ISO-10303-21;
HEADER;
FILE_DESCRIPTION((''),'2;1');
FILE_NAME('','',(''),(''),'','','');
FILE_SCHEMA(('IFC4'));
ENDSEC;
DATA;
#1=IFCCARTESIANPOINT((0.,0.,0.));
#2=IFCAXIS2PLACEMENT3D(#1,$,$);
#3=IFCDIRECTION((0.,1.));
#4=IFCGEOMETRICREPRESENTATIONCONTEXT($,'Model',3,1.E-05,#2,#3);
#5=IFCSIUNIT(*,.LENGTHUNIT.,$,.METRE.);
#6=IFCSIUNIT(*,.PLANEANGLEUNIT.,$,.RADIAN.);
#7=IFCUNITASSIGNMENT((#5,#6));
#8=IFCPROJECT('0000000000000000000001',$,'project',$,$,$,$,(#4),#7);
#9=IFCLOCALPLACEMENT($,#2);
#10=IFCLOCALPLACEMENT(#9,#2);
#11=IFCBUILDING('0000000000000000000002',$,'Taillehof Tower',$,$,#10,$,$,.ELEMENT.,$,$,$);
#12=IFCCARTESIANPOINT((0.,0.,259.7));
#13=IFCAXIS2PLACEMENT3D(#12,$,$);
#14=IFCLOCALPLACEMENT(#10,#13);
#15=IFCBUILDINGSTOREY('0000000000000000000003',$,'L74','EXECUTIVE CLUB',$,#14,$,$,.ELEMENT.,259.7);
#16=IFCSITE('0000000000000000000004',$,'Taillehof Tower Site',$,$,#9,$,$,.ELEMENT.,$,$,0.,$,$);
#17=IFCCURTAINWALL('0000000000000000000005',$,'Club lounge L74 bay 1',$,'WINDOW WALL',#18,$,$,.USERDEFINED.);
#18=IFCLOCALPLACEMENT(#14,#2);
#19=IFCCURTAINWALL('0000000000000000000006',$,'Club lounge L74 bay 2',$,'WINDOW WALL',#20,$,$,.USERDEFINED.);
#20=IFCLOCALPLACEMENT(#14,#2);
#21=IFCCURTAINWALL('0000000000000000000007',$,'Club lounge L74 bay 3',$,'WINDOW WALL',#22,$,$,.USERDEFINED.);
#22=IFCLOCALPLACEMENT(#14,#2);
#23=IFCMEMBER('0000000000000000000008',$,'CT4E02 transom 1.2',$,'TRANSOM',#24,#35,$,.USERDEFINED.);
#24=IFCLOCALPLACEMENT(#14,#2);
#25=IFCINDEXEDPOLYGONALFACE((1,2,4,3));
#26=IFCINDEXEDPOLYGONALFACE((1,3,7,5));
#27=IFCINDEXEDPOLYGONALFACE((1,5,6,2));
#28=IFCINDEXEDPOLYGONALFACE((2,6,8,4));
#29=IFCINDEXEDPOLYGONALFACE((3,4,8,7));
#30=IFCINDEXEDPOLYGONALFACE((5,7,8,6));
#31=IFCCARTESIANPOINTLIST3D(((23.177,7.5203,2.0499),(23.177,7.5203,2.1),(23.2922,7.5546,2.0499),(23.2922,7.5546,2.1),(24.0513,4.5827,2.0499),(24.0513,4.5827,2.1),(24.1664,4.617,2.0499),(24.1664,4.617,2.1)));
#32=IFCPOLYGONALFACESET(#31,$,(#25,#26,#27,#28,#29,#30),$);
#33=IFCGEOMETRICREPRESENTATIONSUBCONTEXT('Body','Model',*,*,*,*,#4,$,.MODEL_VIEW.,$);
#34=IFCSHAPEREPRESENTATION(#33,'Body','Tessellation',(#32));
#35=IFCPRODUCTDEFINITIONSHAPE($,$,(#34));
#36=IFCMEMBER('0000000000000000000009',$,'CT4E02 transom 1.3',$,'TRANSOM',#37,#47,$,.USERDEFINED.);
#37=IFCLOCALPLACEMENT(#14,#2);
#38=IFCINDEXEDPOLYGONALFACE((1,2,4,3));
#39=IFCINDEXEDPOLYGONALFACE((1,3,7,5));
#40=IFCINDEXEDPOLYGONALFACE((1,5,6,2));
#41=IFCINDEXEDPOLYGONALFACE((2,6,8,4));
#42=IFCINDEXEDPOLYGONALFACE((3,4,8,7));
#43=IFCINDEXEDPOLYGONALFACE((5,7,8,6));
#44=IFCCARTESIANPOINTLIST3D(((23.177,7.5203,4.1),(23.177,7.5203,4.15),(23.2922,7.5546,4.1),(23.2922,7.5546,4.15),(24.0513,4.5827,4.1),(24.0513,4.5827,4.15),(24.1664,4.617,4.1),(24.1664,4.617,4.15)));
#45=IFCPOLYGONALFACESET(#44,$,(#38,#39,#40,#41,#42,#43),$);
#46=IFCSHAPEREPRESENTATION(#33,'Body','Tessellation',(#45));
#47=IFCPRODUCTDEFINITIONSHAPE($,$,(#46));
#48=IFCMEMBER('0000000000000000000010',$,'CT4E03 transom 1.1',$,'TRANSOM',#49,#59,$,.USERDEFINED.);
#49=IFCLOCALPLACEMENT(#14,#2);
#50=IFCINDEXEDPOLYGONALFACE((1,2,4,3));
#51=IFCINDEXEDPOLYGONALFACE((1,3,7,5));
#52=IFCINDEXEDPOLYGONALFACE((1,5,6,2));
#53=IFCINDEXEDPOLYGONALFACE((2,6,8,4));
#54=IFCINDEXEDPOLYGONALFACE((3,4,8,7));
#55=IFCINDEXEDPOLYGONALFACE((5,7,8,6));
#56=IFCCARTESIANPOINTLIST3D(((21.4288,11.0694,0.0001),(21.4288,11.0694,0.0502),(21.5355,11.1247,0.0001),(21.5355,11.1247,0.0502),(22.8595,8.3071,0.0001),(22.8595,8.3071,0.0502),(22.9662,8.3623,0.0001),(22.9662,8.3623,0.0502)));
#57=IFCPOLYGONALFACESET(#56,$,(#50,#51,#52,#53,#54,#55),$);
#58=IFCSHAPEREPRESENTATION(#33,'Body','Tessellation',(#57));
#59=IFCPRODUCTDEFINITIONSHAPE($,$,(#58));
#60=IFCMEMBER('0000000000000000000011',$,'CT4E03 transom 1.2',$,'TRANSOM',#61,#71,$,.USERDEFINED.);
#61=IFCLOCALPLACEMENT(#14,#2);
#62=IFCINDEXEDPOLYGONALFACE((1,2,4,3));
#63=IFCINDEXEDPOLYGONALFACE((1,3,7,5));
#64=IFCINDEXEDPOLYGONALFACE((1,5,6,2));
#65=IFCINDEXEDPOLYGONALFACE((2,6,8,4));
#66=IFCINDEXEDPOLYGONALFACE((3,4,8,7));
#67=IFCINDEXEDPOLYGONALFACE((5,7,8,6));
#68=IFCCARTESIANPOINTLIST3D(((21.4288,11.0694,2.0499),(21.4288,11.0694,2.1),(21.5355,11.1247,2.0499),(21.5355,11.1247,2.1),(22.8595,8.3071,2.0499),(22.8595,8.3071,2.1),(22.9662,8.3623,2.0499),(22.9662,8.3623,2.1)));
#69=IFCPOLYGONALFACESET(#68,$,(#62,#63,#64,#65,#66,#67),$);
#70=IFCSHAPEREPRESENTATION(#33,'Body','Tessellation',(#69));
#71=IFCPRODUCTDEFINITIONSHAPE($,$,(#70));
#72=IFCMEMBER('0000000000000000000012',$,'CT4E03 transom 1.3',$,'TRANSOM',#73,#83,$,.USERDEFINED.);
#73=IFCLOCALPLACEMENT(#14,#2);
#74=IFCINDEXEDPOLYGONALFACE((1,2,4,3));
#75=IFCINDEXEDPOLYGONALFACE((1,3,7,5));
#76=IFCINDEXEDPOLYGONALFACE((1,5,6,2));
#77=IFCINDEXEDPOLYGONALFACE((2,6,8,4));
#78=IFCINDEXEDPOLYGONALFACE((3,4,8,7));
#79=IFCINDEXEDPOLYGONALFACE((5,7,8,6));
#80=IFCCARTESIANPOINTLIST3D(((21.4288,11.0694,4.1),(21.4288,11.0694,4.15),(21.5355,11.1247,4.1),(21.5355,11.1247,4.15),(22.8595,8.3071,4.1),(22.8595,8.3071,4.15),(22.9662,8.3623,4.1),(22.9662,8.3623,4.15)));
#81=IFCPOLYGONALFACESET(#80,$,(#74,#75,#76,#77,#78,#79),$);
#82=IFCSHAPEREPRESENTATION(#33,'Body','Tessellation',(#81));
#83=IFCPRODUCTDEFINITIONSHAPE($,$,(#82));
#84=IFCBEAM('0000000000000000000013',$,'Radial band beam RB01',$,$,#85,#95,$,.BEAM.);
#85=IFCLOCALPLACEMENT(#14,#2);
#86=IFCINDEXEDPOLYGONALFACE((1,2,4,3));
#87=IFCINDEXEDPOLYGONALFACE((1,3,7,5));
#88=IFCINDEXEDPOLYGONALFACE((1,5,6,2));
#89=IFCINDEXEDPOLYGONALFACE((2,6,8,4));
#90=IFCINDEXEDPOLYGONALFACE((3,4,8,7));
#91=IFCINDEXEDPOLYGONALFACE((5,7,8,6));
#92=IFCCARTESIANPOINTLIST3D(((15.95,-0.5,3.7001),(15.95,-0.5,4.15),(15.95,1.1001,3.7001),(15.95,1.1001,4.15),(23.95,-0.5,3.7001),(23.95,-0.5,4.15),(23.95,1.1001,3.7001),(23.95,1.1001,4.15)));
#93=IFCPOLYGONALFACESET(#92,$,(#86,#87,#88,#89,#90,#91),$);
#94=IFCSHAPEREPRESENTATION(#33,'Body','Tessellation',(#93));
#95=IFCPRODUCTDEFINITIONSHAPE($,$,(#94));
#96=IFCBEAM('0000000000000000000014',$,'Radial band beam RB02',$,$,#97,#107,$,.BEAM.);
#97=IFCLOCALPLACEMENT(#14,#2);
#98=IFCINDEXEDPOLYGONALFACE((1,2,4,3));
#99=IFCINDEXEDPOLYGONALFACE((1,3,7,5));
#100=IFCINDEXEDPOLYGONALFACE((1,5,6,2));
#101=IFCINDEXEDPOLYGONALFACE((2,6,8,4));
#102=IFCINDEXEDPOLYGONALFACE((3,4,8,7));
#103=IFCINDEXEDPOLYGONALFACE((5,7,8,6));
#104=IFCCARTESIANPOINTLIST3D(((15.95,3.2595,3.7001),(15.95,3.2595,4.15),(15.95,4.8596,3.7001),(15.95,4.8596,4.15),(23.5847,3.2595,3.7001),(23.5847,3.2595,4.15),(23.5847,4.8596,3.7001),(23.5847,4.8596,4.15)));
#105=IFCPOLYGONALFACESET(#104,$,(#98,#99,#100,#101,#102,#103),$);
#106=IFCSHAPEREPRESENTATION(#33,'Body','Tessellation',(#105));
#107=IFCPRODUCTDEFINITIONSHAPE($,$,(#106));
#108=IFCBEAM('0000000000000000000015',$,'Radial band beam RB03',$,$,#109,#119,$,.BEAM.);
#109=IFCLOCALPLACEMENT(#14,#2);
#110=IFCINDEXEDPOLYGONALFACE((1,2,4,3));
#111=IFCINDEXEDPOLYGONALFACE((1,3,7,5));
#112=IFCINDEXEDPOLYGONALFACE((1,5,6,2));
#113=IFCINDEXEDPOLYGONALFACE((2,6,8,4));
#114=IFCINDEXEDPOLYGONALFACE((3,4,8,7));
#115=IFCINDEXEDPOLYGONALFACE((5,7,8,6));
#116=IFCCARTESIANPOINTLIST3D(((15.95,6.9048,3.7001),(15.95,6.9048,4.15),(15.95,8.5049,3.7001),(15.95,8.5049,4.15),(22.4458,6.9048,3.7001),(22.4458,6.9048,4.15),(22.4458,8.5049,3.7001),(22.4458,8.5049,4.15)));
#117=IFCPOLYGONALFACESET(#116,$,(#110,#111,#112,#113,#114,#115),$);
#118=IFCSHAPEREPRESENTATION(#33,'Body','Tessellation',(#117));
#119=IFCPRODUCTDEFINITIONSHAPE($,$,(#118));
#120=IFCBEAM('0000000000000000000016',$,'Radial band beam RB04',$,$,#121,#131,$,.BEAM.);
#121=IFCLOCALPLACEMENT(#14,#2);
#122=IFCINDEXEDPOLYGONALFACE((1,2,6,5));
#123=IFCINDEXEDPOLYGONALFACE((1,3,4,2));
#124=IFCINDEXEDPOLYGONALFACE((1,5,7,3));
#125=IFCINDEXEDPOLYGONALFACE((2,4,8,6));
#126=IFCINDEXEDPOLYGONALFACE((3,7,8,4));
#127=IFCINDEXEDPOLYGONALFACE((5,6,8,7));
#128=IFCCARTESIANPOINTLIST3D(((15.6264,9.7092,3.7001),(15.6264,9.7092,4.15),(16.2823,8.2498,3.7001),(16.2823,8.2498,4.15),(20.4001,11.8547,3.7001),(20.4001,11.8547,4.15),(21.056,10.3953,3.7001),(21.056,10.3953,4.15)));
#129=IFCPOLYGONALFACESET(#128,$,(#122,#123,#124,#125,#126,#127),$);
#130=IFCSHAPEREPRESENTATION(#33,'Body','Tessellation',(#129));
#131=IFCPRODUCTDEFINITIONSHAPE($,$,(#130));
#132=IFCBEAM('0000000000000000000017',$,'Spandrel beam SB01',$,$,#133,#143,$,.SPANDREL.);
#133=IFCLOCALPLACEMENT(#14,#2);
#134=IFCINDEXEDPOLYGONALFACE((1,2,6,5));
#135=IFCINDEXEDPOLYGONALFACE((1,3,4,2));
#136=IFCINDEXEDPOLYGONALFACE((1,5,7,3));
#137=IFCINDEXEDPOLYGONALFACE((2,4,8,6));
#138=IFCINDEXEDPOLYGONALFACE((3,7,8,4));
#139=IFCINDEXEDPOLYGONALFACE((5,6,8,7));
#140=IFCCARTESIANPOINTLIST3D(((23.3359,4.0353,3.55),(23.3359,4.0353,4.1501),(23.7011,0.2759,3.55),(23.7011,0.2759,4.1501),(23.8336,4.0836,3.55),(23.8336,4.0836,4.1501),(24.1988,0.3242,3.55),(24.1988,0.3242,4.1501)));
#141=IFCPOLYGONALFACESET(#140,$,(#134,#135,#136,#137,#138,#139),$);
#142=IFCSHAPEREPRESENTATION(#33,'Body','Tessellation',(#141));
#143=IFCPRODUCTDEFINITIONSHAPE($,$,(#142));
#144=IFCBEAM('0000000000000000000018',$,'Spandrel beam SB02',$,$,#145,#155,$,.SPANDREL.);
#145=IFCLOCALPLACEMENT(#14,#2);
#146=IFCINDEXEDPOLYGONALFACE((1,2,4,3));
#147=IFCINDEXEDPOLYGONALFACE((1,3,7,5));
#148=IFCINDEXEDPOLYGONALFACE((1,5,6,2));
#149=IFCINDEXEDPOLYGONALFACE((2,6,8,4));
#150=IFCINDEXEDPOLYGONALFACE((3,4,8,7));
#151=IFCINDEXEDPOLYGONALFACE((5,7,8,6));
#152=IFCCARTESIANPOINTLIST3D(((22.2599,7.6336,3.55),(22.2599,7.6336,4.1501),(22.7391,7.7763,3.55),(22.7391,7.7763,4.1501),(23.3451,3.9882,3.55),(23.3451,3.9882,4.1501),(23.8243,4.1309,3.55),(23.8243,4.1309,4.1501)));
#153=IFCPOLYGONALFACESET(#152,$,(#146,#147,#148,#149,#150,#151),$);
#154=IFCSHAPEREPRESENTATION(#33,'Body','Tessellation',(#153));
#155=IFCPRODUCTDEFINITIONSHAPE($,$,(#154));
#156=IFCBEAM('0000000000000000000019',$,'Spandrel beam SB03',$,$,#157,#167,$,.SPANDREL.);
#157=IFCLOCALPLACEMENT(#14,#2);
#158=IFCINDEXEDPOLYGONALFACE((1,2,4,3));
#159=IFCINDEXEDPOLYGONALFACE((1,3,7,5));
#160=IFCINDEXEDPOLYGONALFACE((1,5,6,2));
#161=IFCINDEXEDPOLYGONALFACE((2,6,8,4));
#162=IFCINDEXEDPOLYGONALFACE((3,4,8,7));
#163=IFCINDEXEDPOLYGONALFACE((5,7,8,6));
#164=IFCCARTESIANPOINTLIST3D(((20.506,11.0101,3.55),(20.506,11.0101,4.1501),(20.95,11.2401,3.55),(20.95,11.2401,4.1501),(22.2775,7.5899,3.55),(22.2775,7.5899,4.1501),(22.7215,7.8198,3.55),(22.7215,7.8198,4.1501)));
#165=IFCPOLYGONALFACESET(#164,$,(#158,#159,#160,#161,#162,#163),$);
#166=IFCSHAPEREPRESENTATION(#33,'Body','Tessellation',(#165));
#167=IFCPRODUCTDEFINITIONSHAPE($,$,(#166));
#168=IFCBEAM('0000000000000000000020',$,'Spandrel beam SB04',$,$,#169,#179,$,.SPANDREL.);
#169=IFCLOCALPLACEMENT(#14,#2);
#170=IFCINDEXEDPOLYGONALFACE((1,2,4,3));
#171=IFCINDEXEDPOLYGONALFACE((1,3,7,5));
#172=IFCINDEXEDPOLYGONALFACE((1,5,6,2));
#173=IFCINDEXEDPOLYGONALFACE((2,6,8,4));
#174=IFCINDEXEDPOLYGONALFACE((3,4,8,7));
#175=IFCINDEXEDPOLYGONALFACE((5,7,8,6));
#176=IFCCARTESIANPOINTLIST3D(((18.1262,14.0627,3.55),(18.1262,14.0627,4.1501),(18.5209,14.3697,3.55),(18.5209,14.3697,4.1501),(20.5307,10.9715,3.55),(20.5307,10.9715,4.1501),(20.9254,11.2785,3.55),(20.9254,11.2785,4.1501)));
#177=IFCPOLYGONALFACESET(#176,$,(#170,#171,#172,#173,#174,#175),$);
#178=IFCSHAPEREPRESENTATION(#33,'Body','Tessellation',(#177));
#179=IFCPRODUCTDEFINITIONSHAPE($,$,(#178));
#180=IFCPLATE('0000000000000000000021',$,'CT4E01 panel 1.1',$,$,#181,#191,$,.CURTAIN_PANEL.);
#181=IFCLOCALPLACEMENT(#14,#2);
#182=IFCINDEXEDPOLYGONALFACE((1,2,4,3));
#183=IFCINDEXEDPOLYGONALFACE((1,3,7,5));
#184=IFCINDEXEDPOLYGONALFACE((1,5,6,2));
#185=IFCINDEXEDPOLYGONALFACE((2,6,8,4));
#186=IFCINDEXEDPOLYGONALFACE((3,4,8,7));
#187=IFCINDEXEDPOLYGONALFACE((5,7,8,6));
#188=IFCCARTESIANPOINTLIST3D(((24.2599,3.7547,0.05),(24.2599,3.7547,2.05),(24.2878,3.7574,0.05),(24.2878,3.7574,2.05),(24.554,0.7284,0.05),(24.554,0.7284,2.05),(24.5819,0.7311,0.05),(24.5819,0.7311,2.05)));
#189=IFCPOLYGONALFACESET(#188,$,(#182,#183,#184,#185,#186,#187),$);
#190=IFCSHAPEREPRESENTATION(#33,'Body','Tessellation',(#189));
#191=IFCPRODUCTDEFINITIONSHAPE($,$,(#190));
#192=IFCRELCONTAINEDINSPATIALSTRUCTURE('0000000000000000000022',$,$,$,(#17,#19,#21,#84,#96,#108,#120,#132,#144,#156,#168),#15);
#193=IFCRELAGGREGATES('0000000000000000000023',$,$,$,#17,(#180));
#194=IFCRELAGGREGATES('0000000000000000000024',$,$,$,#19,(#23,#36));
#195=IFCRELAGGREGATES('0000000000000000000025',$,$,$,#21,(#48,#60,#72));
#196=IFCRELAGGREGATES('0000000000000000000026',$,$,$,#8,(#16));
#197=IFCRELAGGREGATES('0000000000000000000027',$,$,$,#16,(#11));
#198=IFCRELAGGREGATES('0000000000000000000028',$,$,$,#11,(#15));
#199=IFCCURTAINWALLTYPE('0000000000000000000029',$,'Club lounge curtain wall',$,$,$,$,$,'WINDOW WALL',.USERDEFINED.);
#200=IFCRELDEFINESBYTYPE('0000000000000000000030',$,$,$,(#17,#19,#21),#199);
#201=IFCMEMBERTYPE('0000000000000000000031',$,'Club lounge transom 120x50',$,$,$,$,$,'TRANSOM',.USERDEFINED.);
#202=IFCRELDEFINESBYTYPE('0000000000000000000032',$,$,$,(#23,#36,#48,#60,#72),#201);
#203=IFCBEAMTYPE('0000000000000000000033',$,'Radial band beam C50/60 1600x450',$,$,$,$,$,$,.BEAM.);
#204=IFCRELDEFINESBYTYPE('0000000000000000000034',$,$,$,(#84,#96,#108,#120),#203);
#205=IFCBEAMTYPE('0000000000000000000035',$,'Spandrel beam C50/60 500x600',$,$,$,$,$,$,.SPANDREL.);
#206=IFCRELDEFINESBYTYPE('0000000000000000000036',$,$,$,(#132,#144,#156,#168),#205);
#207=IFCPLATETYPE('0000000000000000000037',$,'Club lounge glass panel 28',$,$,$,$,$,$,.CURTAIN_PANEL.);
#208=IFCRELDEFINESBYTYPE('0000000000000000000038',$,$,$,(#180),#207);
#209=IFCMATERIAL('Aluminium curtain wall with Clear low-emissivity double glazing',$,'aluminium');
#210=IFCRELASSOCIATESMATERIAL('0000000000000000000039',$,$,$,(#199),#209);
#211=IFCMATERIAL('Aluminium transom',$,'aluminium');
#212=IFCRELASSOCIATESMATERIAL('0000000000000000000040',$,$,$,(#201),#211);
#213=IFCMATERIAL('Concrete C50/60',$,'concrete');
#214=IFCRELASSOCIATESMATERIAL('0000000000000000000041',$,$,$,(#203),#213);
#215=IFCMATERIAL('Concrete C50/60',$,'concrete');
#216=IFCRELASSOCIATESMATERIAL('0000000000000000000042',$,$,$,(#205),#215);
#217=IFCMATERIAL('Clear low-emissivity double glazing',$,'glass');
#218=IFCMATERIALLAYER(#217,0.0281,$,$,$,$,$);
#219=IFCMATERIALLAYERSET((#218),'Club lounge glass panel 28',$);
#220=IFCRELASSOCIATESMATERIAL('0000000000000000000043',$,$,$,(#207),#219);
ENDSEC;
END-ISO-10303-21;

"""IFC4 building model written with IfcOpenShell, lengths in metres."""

from ifc_helpers import new_model, si_unit, direction, frame, origin, origin_2d, place, context, subcontext, project, spatial, rectangle, extrude, material, layer, layer_set, material_profile, profile_set, type_object, element, aggregate, save


model = new_model("IFC4")

# Units and contexts
model_context = context("Model", 3, precision=1e-05, world=origin(), true_north=direction((0.0, 1.0)))
body_context = subcontext(model_context, "Body", "Model", "MODEL_VIEW")
ifc_project = project(units=[si_unit("LENGTHUNIT", "METRE"), si_unit("PLANEANGLEUNIT", "RADIAN")], contexts=[model_context])

# Site, building, storey
site_placement = place(None, origin())
site = spatial("IfcSite", under=ifc_project, at=site_placement, Name="Taillehof Tower Site", CompositionType="ELEMENT", RefElevation=0.0)
building_placement = place(site_placement, origin())
building = spatial("IfcBuilding", under=site, at=building_placement, Name="Taillehof Tower", CompositionType="ELEMENT")
storey_placement = place(building_placement, frame((0.0, 0.0, 259.7)))
storey = spatial("IfcBuildingStorey", under=building, at=storey_placement, Name="L74", Description="EXECUTIVE CLUB", CompositionType="ELEMENT", Elevation=259.7)

# Curtain walls
ifc_material_1 = material(Name="Aluminium curtain wall with Clear low-emissivity double glazing", Category="aluminium")
curtain_wall_type = type_object("IfcCurtainWallType", Name="Club lounge curtain wall", ElementType="WINDOW WALL", PredefinedType="USERDEFINED", material=ifc_material_1)
curtain_wall_1_placement = place(storey_placement, origin())
curtain_wall_1 = element("IfcCurtainWall", 1, at=curtain_wall_1_placement, inside=storey, type_object=curtain_wall_type, Name="Club lounge L74 bay 1", ObjectType="WINDOW WALL", PredefinedType="USERDEFINED")
curtain_wall_2_placement = place(storey_placement, origin())
curtain_wall_2 = element("IfcCurtainWall", 2, at=curtain_wall_2_placement, inside=storey, type_object=curtain_wall_type, Name="Club lounge L74 bay 2", ObjectType="WINDOW WALL", PredefinedType="USERDEFINED")
curtain_wall_3_placement = place(storey_placement, origin())
curtain_wall_3 = element("IfcCurtainWall", 3, at=curtain_wall_3_placement, inside=storey, type_object=curtain_wall_type, Name="Club lounge L74 bay 3", ObjectType="WINDOW WALL", PredefinedType="USERDEFINED")

# Members
ifc_material_2 = material(Name="Aluminium transom", Category="aluminium")
ifc_material_profile_1 = material_profile(ifc_material_2, rectangle(XDim=0.1201, YDim=0.05, at=origin_2d()), Name="AL 120x50")
ifc_profile_set_1 = profile_set([ifc_material_profile_1], Name="Aluminium transom")
member_type_1 = type_object("IfcMemberType", Name="Club lounge transom 120x50", ElementType="TRANSOM", PredefinedType="USERDEFINED", material=ifc_profile_set_1)
member_1_placement = place(storey_placement, frame((24.1089, 4.5999, 2.075), z_axis=(-0.285257, 0.958451, 0.0), x_axis=(-0.958451, -0.285257, 0.0)))
member_1 = element("IfcMember", 4, at=member_1_placement, type_object=member_type_1, Name="CT4E02 transom 1.2", ObjectType="TRANSOM", PredefinedType="USERDEFINED", context=body_context, shape_type="SweptSolid", body=[
    extrude(rectangle(XDim=0.1201, YDim=0.05, at=origin_2d()), origin(), (0.0, 0.0, 1.0), 3.0649),
])
member_2_placement = place(storey_placement, frame((24.1089, 4.5999, 4.125), z_axis=(-0.285257, 0.958451, 0.0), x_axis=(-0.958451, -0.285257, 0.0)))
member_2 = element("IfcMember", 5, at=member_2_placement, type_object=member_type_1, Name="CT4E02 transom 1.3", ObjectType="TRANSOM", PredefinedType="USERDEFINED", context=body_context, shape_type="SweptSolid", body=[
    extrude(rectangle(XDim=0.1201, YDim=0.05, at=origin_2d()), origin(), (0.0, 0.0, 1.0), 3.0649),
])
member_3_placement = place(storey_placement, frame((22.9128, 8.3347, 0.0251), z_axis=(-0.459914, 0.887964, 0.0), x_axis=(-0.887964, -0.459914, 0.0)))
member_3 = element("IfcMember", 6, at=member_3_placement, type_object=member_type_1, Name="CT4E03 transom 1.1", ObjectType="TRANSOM", PredefinedType="USERDEFINED", context=body_context, shape_type="SweptSolid", body=[
    extrude(rectangle(XDim=0.1201, YDim=0.05, at=origin_2d()), origin(), (0.0, 0.0, 1.0), 3.1108),
])
member_4_placement = place(storey_placement, frame((22.9128, 8.3347, 2.075), z_axis=(-0.459914, 0.887964, 0.0), x_axis=(-0.887964, -0.459914, 0.0)))
member_4 = element("IfcMember", 7, at=member_4_placement, type_object=member_type_1, Name="CT4E03 transom 1.2", ObjectType="TRANSOM", PredefinedType="USERDEFINED", context=body_context, shape_type="SweptSolid", body=[
    extrude(rectangle(XDim=0.1201, YDim=0.05, at=origin_2d()), origin(), (0.0, 0.0, 1.0), 3.1108),
])
member_5_placement = place(storey_placement, frame((22.9128, 8.3347, 4.125), z_axis=(-0.459914, 0.887964, 0.0), x_axis=(-0.887964, -0.459914, 0.0)))
member_5 = element("IfcMember", 8, at=member_5_placement, type_object=member_type_1, Name="CT4E03 transom 1.3", ObjectType="TRANSOM", PredefinedType="USERDEFINED", context=body_context, shape_type="SweptSolid", body=[
    extrude(rectangle(XDim=0.1201, YDim=0.05, at=origin_2d()), origin(), (0.0, 0.0, 1.0), 3.1108),
])

# Beams
ifc_material_3 = material(Name="Concrete C50/60", Category="concrete")
ifc_material_profile_2 = material_profile(ifc_material_3, rectangle(XDim=1.6001, YDim=0.45, at=origin_2d()), Name="RC 1600x450")
ifc_profile_set_2 = profile_set([ifc_material_profile_2], Name="Concrete C50/60")
beam_type_1 = type_object("IfcBeamType", Name="Radial band beam C50/60 1600x450", PredefinedType="BEAM", material=ifc_profile_set_2)
beam_1_placement = place(storey_placement, frame((23.95, 0.3, 3.925), z_axis=(-1.0, 0.0, 0.0), x_axis=(0.0, -1.0, 0.0)))
element("IfcBeam", 9, at=beam_1_placement, inside=storey, type_object=beam_type_1, Name="Radial band beam RB01", PredefinedType="BEAM", context=body_context, shape_type="SweptSolid", body=[
    extrude(rectangle(XDim=1.6001, YDim=0.45, at=origin_2d()), origin(), (0.0, 0.0, 1.0), 8.0),
])
beam_2_placement = place(storey_placement, frame((23.5847, 4.0596, 3.925), z_axis=(-1.0, 0.0, 0.0), x_axis=(0.0, -1.0, 0.0)))
element("IfcBeam", 10, at=beam_2_placement, inside=storey, type_object=beam_type_1, Name="Radial band beam RB02", PredefinedType="BEAM", context=body_context, shape_type="SweptSolid", body=[
    extrude(rectangle(XDim=1.6001, YDim=0.45, at=origin_2d()), origin(), (0.0, 0.0, 1.0), 7.6348),
])
beam_3_placement = place(storey_placement, frame((22.4458, 7.7048, 3.925), z_axis=(-1.0, 0.0, 0.0), x_axis=(0.0, -1.0, 0.0)))
element("IfcBeam", 11, at=beam_3_placement, inside=storey, type_object=beam_type_1, Name="Radial band beam RB03", PredefinedType="BEAM", context=body_context, shape_type="SweptSolid", body=[
    extrude(rectangle(XDim=1.6001, YDim=0.45, at=origin_2d()), origin(), (0.0, 0.0, 1.0), 6.4958),
])
beam_4_placement = place(storey_placement, frame((20.728, 11.125, 3.925), z_axis=(-0.912111, -0.409944, 0.0), x_axis=(0.409944, -0.912111, 0.0)))
element("IfcBeam", 12, at=beam_4_placement, inside=storey, type_object=beam_type_1, Name="Radial band beam RB04", PredefinedType="BEAM", context=body_context, shape_type="SweptSolid", body=[
    extrude(rectangle(XDim=1.6001, YDim=0.45, at=origin_2d()), origin(), (0.0, 0.0, 1.0), 5.2336),
])
ifc_material_4 = material(Name="Concrete C50/60", Category="concrete")
ifc_material_profile_3 = material_profile(ifc_material_4, rectangle(XDim=0.5, YDim=0.6001, at=origin_2d()), Name="RC 500x600")
ifc_profile_set_3 = profile_set([ifc_material_profile_3], Name="Concrete C50/60")
beam_type_2 = type_object("IfcBeamType", Name="Spandrel beam C50/60 500x600", PredefinedType="SPANDREL", material=ifc_profile_set_3)
beam_5_placement = place(storey_placement, frame((23.95, 0.3, 3.8501), z_axis=(-0.096694, 0.995314, 0.0), x_axis=(-0.995314, -0.096694, 0.0)))
element("IfcBeam", 13, at=beam_5_placement, inside=storey, type_object=beam_type_2, Name="Spandrel beam SB01", PredefinedType="SPANDREL", context=body_context, shape_type="SweptSolid", body=[
    extrude(rectangle(XDim=0.5, YDim=0.6001, at=origin_2d()), origin(), (0.0, 0.0, 1.0), 3.7771),
])
beam_6_placement = place(storey_placement, frame((23.5847, 4.0596, 3.8501), z_axis=(-0.285327, 0.95843, 0.0), x_axis=(-0.95843, -0.285327, 0.0)))
element("IfcBeam", 14, at=beam_6_placement, inside=storey, type_object=beam_type_2, Name="Spandrel beam SB02", PredefinedType="SPANDREL", context=body_context, shape_type="SweptSolid", body=[
    extrude(rectangle(XDim=0.5, YDim=0.6001, at=origin_2d()), origin(), (0.0, 0.0, 1.0), 3.8035),
])
beam_7_placement = place(storey_placement, frame((22.4995, 7.7048, 3.8501), z_axis=(-0.459921, 0.88796, 0.0), x_axis=(-0.88796, -0.459921, 0.0)))
element("IfcBeam", 15, at=beam_7_placement, inside=storey, type_object=beam_type_2, Name="Spandrel beam SB03", PredefinedType="SPANDREL", context=body_context, shape_type="SweptSolid", body=[
    extrude(rectangle(XDim=0.5, YDim=0.6001, at=origin_2d()), origin(), (0.0, 0.0, 1.0), 3.8518),
])
beam_8_placement = place(storey_placement, frame((20.728, 11.125, 3.8501), z_axis=(-0.613971, 0.789329, 0.0), x_axis=(-0.789329, -0.613971, 0.0)))
element("IfcBeam", 16, at=beam_8_placement, inside=storey, type_object=beam_type_2, Name="Spandrel beam SB04", PredefinedType="SPANDREL", context=body_context, shape_type="SweptSolid", body=[
    extrude(rectangle(XDim=0.5, YDim=0.6001, at=origin_2d()), origin(), (0.0, 0.0, 1.0), 3.9163),
])

# Plate
ifc_material_5 = material(Name="Clear low-emissivity double glazing", Category="glass")
ifc_layer_1 = layer(ifc_material_5, 0.0281)
ifc_layer_set_1 = layer_set([ifc_layer_1], Name="Club lounge glass panel 28")
plate_type = type_object("IfcPlateType", Name="Club lounge glass panel 28", PredefinedType="CURTAIN_PANEL", material=ifc_layer_set_1)
plate_1_placement = place(storey_placement, frame((24.4209, 2.2429, 0.05), z_axis=(0.0, 0.0, 1.0), x_axis=(-0.096714, 0.995312, 0.0)))
plate_1 = element("IfcPlate", 17, at=plate_1_placement, type_object=plate_type, Name="CT4E01 panel 1.1", PredefinedType="CURTAIN_PANEL", context=body_context, shape_type="SweptSolid", body=[
    extrude(rectangle(XDim=3.0405, YDim=0.0281, at=origin_2d()), origin(), (0.0, 0.0, 1.0), 2.0),
])
aggregate(curtain_wall_1, [plate_1])
aggregate(curtain_wall_2, [member_1, member_2])
aggregate(curtain_wall_3, [member_3, member_4, member_5])

save(model, "model.ifc")
